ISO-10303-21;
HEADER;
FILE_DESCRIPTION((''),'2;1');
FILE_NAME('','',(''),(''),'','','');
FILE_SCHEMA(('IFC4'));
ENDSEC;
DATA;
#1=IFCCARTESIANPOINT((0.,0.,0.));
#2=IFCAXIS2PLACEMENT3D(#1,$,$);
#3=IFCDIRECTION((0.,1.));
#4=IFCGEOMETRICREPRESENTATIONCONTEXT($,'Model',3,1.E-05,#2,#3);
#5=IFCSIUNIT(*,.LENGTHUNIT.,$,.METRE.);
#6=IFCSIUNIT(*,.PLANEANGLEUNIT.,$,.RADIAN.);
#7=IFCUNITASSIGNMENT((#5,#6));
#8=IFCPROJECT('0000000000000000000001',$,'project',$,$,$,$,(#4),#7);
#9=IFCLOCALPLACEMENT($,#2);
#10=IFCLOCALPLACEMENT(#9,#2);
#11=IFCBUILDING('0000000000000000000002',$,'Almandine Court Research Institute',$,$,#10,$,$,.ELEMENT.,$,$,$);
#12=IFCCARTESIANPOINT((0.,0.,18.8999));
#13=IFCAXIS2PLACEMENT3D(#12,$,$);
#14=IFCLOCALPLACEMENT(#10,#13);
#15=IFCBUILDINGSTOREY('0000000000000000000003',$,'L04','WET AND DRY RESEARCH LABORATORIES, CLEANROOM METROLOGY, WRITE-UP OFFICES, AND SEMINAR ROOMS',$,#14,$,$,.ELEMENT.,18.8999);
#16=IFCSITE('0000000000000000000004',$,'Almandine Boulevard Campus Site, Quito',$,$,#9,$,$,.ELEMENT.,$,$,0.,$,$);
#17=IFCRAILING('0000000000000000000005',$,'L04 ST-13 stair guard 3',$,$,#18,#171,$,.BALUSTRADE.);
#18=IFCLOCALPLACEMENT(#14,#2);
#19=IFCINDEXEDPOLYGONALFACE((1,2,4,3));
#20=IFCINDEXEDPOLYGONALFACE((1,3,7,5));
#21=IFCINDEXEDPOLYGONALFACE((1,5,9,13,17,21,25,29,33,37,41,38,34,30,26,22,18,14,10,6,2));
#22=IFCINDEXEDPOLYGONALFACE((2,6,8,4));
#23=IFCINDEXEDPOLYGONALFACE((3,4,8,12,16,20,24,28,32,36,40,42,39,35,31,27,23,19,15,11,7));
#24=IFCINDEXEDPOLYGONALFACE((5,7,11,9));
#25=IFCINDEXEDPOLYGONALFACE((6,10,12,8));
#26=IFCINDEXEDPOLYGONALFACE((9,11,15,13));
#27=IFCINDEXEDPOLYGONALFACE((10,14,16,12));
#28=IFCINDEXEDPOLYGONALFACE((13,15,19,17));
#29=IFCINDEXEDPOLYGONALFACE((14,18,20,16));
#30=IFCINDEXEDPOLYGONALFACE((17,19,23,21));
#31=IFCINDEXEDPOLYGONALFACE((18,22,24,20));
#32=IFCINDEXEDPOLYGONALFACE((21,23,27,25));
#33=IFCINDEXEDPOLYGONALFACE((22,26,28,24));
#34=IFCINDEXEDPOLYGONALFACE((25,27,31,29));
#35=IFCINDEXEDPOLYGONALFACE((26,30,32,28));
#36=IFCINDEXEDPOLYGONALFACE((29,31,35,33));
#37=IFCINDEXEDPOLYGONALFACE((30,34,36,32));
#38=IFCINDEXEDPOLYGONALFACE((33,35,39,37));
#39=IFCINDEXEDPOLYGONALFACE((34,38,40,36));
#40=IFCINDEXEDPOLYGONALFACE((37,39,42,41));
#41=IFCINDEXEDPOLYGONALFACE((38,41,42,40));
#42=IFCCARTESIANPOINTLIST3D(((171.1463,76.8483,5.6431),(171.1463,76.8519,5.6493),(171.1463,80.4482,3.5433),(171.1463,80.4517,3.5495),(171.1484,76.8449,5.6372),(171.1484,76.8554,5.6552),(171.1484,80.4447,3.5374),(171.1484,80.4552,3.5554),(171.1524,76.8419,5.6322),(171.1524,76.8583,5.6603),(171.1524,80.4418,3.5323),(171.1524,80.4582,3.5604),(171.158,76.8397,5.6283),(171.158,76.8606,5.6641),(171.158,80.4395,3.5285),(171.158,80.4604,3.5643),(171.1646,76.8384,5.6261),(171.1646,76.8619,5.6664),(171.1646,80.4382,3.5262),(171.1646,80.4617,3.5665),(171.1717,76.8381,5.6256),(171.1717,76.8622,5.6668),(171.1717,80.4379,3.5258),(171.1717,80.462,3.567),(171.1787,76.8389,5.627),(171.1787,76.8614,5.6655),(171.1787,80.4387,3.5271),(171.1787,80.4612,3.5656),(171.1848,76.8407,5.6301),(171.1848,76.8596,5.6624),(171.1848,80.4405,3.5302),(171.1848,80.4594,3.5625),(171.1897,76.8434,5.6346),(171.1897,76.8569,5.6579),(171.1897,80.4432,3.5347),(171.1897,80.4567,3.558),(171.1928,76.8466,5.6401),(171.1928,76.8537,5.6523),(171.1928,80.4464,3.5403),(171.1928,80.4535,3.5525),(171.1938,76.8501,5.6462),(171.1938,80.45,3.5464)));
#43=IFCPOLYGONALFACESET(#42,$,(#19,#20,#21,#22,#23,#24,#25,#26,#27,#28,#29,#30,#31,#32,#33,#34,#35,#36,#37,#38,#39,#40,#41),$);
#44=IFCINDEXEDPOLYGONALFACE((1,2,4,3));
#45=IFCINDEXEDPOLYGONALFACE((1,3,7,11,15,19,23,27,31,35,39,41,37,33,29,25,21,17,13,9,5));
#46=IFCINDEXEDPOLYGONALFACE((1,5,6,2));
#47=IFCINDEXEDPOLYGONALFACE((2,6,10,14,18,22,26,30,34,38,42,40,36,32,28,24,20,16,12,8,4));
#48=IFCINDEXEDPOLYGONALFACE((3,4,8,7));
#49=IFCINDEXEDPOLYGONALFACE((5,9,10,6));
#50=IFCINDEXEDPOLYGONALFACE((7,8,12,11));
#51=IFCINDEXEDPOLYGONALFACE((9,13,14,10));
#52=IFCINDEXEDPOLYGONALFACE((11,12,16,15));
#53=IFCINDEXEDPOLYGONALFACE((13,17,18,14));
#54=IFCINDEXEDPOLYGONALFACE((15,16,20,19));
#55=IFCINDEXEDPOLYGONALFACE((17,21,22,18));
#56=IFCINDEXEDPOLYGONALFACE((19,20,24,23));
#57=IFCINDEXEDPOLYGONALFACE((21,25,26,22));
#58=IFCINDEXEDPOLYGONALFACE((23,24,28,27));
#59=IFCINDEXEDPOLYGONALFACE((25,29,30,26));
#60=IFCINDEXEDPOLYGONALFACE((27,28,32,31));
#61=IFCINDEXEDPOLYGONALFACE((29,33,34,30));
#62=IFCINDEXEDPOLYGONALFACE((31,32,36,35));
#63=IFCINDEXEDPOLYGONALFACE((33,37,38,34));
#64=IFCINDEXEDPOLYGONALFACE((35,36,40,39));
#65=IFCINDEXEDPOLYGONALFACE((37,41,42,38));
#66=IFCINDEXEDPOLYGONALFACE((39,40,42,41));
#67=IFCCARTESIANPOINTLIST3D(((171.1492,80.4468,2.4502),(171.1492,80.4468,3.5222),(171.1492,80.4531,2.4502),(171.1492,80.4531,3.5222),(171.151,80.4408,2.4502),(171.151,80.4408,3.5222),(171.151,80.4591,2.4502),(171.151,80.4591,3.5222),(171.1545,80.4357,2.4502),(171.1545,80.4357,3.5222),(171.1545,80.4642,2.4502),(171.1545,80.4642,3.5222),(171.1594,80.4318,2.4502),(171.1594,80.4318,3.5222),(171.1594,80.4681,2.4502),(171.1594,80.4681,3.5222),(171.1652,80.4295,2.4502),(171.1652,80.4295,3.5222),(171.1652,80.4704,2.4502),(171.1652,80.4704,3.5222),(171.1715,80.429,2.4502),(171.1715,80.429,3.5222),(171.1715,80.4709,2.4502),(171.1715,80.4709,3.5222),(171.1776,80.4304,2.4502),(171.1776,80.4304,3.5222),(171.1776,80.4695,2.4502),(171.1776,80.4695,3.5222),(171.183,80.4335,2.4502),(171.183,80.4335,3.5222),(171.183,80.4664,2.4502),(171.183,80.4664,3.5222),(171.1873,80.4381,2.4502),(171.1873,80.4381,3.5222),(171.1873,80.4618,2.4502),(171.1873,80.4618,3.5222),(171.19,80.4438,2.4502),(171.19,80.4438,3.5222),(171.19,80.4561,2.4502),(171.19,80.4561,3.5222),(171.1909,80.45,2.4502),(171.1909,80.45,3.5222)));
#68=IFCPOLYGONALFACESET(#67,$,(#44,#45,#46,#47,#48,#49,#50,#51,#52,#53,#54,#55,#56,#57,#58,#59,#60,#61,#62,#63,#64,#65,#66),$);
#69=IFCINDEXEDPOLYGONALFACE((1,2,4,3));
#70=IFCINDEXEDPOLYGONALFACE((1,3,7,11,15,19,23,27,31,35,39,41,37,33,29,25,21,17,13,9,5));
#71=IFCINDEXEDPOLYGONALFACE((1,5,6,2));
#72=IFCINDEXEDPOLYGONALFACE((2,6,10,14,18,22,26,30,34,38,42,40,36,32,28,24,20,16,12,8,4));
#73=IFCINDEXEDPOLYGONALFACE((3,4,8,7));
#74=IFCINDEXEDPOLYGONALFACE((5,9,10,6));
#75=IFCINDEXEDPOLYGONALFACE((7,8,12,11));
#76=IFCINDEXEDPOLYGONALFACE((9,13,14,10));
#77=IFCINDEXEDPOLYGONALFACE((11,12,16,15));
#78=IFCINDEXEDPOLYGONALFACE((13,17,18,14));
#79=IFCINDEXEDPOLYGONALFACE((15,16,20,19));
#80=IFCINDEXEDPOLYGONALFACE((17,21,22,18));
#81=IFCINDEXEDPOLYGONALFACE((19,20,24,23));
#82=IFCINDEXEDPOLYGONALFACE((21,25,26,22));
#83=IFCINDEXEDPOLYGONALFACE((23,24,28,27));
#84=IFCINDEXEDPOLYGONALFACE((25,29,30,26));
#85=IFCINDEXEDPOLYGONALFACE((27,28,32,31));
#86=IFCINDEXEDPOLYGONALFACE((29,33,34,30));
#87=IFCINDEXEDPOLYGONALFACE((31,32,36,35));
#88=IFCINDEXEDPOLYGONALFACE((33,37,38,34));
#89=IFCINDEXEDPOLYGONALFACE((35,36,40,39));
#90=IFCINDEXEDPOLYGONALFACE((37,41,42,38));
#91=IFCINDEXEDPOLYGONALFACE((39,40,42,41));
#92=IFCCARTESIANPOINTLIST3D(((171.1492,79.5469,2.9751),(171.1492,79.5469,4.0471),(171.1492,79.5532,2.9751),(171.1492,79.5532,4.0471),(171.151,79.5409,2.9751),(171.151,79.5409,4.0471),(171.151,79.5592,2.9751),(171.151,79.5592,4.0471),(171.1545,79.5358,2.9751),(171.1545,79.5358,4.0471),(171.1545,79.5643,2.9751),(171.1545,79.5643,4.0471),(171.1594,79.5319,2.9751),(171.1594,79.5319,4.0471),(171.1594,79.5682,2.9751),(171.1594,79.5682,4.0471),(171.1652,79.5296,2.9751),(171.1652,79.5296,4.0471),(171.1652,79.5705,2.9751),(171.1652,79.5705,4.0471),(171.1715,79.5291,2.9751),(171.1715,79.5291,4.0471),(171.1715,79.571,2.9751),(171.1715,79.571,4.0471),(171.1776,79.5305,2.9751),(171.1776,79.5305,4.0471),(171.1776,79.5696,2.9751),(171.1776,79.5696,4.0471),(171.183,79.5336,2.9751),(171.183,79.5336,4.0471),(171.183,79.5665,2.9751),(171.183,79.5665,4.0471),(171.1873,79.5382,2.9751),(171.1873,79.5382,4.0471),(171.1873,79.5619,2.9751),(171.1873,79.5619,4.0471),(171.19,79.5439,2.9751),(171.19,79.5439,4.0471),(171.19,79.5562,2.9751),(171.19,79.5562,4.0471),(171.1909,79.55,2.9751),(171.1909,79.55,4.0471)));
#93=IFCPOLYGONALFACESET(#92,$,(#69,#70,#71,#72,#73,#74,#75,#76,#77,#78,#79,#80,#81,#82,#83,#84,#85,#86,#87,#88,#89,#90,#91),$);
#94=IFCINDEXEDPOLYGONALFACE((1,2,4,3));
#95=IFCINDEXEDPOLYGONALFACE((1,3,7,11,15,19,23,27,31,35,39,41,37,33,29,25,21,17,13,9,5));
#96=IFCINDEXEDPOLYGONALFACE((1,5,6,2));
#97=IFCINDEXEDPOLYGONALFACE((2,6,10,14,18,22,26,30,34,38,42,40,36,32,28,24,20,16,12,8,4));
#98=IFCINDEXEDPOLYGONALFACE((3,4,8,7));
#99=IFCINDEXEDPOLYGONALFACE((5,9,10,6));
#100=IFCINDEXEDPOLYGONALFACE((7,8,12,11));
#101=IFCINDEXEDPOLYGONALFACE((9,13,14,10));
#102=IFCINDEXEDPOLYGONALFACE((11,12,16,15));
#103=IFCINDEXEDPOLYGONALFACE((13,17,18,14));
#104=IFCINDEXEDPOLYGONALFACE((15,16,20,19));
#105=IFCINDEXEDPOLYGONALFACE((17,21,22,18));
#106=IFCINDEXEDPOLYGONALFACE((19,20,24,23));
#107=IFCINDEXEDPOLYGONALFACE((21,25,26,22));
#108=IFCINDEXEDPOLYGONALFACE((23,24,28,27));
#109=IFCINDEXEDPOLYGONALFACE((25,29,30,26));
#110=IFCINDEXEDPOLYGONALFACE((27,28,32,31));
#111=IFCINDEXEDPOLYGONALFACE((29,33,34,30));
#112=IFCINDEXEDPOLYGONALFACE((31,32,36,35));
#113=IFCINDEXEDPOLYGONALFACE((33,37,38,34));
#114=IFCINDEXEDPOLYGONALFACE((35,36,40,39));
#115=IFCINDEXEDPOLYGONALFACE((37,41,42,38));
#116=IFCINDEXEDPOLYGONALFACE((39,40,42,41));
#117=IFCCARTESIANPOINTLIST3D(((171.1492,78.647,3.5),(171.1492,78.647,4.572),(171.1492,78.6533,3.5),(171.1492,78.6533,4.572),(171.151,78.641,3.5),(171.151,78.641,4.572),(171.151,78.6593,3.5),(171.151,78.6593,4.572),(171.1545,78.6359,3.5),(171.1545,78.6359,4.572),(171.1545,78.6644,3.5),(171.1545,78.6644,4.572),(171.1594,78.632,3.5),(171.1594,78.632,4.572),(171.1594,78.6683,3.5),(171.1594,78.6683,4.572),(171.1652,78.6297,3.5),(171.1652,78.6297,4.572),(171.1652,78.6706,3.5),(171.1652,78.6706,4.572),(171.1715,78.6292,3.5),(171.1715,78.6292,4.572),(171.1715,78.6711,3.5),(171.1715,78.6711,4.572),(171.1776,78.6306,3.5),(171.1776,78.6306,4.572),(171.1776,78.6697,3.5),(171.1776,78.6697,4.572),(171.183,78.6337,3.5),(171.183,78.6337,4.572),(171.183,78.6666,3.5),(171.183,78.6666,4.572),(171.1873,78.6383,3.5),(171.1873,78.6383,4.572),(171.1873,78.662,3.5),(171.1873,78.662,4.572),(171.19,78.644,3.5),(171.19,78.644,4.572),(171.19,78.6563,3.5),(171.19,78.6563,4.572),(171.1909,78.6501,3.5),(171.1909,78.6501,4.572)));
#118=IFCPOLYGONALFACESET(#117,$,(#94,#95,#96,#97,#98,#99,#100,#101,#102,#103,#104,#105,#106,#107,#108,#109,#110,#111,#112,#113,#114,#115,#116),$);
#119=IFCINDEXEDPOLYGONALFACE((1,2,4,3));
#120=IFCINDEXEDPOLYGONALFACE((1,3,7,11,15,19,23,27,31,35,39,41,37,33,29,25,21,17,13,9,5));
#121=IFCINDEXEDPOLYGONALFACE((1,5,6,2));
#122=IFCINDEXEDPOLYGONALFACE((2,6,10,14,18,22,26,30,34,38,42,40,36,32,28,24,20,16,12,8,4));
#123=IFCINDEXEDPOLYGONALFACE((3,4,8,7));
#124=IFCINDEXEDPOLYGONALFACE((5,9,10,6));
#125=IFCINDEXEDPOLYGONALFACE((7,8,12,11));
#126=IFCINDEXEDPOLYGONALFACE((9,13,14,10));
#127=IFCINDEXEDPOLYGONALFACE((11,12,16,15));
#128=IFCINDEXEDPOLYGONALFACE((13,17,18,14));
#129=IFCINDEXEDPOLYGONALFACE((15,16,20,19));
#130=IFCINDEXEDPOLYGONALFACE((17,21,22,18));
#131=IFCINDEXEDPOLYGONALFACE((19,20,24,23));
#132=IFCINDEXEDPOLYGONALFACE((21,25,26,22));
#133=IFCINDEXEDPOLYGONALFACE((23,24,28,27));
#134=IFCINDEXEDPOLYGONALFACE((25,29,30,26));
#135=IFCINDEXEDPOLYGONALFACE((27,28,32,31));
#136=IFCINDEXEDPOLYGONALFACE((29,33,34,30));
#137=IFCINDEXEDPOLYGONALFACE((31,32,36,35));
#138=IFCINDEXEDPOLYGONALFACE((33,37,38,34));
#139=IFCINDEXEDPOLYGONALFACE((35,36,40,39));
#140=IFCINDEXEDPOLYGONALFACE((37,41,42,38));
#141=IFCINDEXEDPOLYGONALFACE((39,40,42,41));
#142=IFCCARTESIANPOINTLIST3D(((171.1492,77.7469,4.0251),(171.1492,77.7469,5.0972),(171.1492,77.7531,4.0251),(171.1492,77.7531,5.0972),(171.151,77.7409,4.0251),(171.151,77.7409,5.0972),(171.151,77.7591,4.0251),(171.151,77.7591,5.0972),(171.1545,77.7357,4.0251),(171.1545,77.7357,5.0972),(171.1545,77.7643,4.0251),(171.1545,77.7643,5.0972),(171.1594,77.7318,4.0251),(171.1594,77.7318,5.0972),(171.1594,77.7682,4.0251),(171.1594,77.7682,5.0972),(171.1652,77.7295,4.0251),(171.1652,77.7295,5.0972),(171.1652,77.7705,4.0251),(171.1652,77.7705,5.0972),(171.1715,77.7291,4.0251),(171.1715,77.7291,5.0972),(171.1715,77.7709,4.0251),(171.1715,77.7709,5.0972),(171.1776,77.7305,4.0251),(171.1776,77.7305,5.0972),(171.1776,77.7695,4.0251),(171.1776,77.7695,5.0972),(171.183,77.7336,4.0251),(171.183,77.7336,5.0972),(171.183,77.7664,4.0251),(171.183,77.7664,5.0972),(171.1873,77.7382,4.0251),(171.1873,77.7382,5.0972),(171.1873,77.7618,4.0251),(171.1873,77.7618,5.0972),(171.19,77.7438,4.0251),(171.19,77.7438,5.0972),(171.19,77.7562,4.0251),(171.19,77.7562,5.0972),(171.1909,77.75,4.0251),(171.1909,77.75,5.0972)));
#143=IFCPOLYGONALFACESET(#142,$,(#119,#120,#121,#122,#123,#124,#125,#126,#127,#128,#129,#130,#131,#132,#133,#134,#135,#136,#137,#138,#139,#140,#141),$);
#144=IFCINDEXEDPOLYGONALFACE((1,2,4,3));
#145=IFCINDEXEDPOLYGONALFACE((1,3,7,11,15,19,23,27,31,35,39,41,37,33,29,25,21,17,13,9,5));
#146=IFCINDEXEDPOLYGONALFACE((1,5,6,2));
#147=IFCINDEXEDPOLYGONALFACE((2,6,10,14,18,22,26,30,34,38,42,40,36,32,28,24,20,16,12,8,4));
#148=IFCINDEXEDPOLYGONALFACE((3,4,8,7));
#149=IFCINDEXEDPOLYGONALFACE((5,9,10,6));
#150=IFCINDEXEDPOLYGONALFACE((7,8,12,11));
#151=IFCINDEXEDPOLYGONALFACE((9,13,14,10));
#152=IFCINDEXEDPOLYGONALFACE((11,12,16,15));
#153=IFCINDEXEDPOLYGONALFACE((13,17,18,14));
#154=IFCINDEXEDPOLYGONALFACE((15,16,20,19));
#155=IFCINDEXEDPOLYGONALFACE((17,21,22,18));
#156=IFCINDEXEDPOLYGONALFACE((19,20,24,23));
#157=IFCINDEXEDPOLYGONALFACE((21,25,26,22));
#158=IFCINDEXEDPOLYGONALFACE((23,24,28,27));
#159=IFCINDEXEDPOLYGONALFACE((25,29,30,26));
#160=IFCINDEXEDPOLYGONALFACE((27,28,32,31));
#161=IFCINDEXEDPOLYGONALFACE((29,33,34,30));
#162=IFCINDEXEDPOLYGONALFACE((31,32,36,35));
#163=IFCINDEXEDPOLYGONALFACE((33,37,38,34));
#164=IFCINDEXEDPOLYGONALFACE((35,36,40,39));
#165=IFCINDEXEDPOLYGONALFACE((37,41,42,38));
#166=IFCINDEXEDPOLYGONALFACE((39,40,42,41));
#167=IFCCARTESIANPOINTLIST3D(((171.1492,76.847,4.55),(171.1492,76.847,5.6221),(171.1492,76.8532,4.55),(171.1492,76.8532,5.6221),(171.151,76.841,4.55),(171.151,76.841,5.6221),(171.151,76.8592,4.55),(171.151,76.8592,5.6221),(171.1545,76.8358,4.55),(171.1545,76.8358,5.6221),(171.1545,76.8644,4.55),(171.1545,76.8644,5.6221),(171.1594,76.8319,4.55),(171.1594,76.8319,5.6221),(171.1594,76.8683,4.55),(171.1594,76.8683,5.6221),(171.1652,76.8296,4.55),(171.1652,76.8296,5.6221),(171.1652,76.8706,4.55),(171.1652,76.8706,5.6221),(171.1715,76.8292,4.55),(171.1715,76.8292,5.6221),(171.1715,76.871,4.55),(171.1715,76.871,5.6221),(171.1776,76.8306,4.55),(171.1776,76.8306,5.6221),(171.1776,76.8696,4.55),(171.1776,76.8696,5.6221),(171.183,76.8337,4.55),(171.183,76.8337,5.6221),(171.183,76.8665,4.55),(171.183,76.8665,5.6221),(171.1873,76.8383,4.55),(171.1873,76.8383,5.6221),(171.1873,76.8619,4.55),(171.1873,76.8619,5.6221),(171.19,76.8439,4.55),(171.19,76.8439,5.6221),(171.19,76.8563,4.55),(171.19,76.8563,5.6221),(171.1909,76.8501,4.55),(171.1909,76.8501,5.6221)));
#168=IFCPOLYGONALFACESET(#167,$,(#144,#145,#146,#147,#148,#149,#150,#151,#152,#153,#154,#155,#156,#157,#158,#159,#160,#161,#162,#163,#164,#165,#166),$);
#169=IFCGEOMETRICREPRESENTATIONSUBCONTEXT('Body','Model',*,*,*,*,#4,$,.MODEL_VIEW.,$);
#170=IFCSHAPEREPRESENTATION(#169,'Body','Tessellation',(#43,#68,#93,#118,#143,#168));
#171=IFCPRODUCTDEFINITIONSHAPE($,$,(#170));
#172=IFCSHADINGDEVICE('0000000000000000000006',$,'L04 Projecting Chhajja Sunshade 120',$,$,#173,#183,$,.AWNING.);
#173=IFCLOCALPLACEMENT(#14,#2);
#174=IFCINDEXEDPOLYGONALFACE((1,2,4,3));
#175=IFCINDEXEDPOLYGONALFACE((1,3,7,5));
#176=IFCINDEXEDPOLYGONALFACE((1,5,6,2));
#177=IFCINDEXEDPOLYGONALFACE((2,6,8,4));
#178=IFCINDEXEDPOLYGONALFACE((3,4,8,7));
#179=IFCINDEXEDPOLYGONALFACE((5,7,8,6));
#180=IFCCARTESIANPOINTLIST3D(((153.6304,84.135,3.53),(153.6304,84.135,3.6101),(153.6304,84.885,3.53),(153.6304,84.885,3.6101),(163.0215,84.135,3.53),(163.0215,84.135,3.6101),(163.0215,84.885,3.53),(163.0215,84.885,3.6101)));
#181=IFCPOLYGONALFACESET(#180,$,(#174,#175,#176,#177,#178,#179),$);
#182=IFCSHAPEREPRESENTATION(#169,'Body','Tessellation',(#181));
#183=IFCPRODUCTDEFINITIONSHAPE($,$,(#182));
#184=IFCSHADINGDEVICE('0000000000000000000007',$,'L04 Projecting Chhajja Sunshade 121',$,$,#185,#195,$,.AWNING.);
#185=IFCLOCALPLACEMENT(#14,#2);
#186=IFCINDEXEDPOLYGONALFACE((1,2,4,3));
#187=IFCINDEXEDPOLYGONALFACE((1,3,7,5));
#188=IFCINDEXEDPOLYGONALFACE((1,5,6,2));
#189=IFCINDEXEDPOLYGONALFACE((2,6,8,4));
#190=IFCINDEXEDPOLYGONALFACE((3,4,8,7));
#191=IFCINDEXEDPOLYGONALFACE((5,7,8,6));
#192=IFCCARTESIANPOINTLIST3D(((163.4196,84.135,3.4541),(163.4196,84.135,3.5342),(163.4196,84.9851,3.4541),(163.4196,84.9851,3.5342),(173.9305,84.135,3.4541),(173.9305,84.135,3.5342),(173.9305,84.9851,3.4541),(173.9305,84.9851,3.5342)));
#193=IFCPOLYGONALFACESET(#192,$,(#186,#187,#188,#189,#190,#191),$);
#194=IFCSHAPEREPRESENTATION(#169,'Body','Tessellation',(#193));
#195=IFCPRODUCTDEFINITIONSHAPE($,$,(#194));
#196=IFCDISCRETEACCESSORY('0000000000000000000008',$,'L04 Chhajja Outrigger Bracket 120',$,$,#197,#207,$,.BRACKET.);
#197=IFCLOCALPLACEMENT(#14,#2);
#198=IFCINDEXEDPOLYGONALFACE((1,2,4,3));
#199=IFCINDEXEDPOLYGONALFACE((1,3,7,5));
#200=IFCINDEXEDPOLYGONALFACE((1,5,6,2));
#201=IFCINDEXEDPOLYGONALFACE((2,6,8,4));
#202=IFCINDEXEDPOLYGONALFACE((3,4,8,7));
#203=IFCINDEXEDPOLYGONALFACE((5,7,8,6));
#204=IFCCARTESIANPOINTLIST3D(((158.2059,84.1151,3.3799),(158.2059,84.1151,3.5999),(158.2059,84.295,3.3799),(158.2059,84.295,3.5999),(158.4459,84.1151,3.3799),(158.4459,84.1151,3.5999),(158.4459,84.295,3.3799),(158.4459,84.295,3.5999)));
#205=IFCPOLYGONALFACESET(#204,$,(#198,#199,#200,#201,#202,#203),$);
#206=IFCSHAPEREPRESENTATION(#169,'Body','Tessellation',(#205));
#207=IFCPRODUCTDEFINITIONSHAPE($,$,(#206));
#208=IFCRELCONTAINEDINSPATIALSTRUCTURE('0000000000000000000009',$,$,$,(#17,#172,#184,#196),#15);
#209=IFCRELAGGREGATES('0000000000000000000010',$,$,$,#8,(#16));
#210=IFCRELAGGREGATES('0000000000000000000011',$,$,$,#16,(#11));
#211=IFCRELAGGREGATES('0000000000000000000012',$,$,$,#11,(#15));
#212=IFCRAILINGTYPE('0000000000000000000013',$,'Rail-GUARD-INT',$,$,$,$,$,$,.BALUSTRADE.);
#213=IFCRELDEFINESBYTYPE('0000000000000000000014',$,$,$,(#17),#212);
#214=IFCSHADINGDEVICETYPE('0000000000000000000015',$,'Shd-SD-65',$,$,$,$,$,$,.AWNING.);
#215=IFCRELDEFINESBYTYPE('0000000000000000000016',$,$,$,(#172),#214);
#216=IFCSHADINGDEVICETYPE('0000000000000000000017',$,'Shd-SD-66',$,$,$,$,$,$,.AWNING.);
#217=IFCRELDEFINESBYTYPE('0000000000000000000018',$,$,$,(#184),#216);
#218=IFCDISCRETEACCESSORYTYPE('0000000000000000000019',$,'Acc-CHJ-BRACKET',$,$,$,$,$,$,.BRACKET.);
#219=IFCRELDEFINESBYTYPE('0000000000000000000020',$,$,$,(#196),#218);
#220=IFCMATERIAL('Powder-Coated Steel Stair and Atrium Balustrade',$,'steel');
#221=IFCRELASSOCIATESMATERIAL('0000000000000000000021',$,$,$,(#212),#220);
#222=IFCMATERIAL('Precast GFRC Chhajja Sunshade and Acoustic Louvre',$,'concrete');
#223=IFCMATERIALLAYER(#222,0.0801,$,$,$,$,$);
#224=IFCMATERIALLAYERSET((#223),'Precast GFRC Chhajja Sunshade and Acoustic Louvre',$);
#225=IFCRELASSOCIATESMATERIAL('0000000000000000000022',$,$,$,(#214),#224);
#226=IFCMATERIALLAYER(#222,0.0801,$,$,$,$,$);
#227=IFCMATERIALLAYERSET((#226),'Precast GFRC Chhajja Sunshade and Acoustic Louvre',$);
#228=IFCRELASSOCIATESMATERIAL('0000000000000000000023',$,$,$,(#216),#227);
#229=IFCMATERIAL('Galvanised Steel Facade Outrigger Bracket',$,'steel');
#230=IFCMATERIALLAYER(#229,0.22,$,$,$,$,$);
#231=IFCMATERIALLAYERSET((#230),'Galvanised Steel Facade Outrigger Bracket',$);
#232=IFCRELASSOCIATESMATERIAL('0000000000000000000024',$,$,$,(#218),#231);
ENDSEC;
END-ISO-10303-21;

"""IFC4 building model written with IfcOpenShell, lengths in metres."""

from ifc_helpers import new_model, si_unit, direction, frame, origin, origin_2d, place, context, subcontext, project, spatial, rectangle, circle, extrude, material, layer, layer_set, type_object, element, save


model = new_model("IFC4")

# Units and contexts
model_context = context("Model", 3, precision=1e-05, world=origin(), true_north=direction((0.0, 1.0)))
body_context = subcontext(model_context, "Body", "Model", "MODEL_VIEW")
ifc_project = project(units=[si_unit("LENGTHUNIT", "METRE"), si_unit("PLANEANGLEUNIT", "RADIAN")], contexts=[model_context])

# Site, building, storey
site_placement = place(None, origin())
site = spatial("IfcSite", under=ifc_project, at=site_placement, Name="Almandine Boulevard Campus Site, Quito", CompositionType="ELEMENT", RefElevation=0.0)
building_placement = place(site_placement, origin())
building = spatial("IfcBuilding", under=site, at=building_placement, Name="Almandine Court Research Institute", CompositionType="ELEMENT")
storey_placement = place(building_placement, frame((0.0, 0.0, 18.8999)))
storey = spatial("IfcBuildingStorey", under=building, at=storey_placement, Name="L04", Description="WET AND DRY RESEARCH LABORATORIES, CLEANROOM METROLOGY, WRITE-UP OFFICES, AND SEMINAR ROOMS", CompositionType="ELEMENT", Elevation=18.8999)

# Railing
ifc_material_1 = material(Name="Powder-Coated Steel Stair and Atrium Balustrade", Category="steel")
railing_type_1 = type_object("IfcRailingType", Name="Rail-GUARD-INT", PredefinedType="BALUSTRADE", material=ifc_material_1)
railing_1_placement = place(storey_placement, frame((171.1699, 80.45, 2.4502)))
element("IfcRailing", 1, at=railing_1_placement, inside=storey, type_object=railing_type_1, Name="L04 ST-13 stair guard 3", PredefinedType="BALUSTRADE", context=body_context, shape_type="SweptSolid", body=[
    extrude(circle(Radius=0.0239, at=origin_2d()), frame((0.0, 0.0, 1.0962), z_axis=(0.0, -0.863785, 0.50386), x_axis=(1.0, 0.0, 0.0)), (0.0, 0.0, 1.0), 4.1675),
    extrude(circle(Radius=0.021, at=origin_2d()), origin(), (0.0, 0.0, 1.0), 1.072),
    extrude(circle(Radius=0.021, at=origin_2d()), frame((0.0, -0.8999, 0.5249)), (0.0, 0.0, 1.0), 1.072),
    extrude(circle(Radius=0.021, at=origin_2d()), frame((0.0, -1.7998, 1.0498)), (0.0, 0.0, 1.0), 1.072),
    extrude(circle(Radius=0.021, at=origin_2d()), frame((0.0, -2.7, 1.575)), (0.0, 0.0, 1.0), 1.072),
    extrude(circle(Radius=0.021, at=origin_2d()), frame((0.0, -3.5999, 2.0999)), (0.0, 0.0, 1.0), 1.072),
])

# Shading devices
ifc_material_2 = material(Name="Precast GFRC Chhajja Sunshade and Acoustic Louvre", Category="concrete")
ifc_layer_1 = layer(ifc_material_2, 0.0801)
ifc_layer_set_1 = layer_set([ifc_layer_1], Name="Precast GFRC Chhajja Sunshade and Acoustic Louvre")
shading_device_type_1 = type_object("IfcShadingDeviceType", Name="Shd-SD-65", PredefinedType="AWNING", material=ifc_layer_set_1)
shading_device_1_placement = place(storey_placement, frame((158.3259, 84.51, 3.53), z_axis=(0.0, 0.0, 1.0), x_axis=(1.0, 0.0, 0.0)))
element("IfcShadingDevice", 2, at=shading_device_1_placement, inside=storey, type_object=shading_device_type_1, Name="L04 Projecting Chhajja Sunshade 120", PredefinedType="AWNING", context=body_context, shape_type="SweptSolid", body=[
    extrude(rectangle(XDim=9.3911, YDim=0.75, at=origin_2d()), origin(), (0.0, 0.0, 1.0), 0.0801),
])
ifc_layer_2 = layer(ifc_material_2, 0.0801)
ifc_layer_set_2 = layer_set([ifc_layer_2], Name="Precast GFRC Chhajja Sunshade and Acoustic Louvre")
shading_device_type_2 = type_object("IfcShadingDeviceType", Name="Shd-SD-66", PredefinedType="AWNING", material=ifc_layer_set_2)
shading_device_2_placement = place(storey_placement, frame((168.675, 84.5601, 3.4541), z_axis=(0.0, 0.0, 1.0), x_axis=(1.0, 0.0, 0.0)))
element("IfcShadingDevice", 3, at=shading_device_2_placement, inside=storey, type_object=shading_device_type_2, Name="L04 Projecting Chhajja Sunshade 121", PredefinedType="AWNING", context=body_context, shape_type="SweptSolid", body=[
    extrude(rectangle(XDim=10.511, YDim=0.8501, at=origin_2d()), origin(), (0.0, 0.0, 1.0), 0.0801),
])

# Discrete accessory
ifc_material_3 = material(Name="Galvanised Steel Facade Outrigger Bracket", Category="steel")
ifc_layer_3 = layer(ifc_material_3, 0.22)
ifc_layer_set_3 = layer_set([ifc_layer_3], Name="Galvanised Steel Facade Outrigger Bracket")
discrete_accessory_type = type_object("IfcDiscreteAccessoryType", Name="Acc-CHJ-BRACKET", PredefinedType="BRACKET", material=ifc_layer_set_3)
for number, where, z_axis, x_axis, name in (
    (4, (158.3259, 84.2051, 3.3799), (0.0, 0.0, 1.0), (1.0, 0.0, 0.0), "L04 Chhajja Outrigger Bracket 120"),
):
    element("IfcDiscreteAccessory", number, at=place(storey_placement, frame(where, z_axis=z_axis, x_axis=x_axis)), inside=storey, type_object=discrete_accessory_type, Name=name, PredefinedType="BRACKET", context=body_context, shape_type="SweptSolid", body=[
        extrude(rectangle(XDim=0.24, YDim=0.1799, at=origin_2d()), origin(), (0.0, 0.0, 1.0), 0.22),
    ])

save(model, "model.ifc")
